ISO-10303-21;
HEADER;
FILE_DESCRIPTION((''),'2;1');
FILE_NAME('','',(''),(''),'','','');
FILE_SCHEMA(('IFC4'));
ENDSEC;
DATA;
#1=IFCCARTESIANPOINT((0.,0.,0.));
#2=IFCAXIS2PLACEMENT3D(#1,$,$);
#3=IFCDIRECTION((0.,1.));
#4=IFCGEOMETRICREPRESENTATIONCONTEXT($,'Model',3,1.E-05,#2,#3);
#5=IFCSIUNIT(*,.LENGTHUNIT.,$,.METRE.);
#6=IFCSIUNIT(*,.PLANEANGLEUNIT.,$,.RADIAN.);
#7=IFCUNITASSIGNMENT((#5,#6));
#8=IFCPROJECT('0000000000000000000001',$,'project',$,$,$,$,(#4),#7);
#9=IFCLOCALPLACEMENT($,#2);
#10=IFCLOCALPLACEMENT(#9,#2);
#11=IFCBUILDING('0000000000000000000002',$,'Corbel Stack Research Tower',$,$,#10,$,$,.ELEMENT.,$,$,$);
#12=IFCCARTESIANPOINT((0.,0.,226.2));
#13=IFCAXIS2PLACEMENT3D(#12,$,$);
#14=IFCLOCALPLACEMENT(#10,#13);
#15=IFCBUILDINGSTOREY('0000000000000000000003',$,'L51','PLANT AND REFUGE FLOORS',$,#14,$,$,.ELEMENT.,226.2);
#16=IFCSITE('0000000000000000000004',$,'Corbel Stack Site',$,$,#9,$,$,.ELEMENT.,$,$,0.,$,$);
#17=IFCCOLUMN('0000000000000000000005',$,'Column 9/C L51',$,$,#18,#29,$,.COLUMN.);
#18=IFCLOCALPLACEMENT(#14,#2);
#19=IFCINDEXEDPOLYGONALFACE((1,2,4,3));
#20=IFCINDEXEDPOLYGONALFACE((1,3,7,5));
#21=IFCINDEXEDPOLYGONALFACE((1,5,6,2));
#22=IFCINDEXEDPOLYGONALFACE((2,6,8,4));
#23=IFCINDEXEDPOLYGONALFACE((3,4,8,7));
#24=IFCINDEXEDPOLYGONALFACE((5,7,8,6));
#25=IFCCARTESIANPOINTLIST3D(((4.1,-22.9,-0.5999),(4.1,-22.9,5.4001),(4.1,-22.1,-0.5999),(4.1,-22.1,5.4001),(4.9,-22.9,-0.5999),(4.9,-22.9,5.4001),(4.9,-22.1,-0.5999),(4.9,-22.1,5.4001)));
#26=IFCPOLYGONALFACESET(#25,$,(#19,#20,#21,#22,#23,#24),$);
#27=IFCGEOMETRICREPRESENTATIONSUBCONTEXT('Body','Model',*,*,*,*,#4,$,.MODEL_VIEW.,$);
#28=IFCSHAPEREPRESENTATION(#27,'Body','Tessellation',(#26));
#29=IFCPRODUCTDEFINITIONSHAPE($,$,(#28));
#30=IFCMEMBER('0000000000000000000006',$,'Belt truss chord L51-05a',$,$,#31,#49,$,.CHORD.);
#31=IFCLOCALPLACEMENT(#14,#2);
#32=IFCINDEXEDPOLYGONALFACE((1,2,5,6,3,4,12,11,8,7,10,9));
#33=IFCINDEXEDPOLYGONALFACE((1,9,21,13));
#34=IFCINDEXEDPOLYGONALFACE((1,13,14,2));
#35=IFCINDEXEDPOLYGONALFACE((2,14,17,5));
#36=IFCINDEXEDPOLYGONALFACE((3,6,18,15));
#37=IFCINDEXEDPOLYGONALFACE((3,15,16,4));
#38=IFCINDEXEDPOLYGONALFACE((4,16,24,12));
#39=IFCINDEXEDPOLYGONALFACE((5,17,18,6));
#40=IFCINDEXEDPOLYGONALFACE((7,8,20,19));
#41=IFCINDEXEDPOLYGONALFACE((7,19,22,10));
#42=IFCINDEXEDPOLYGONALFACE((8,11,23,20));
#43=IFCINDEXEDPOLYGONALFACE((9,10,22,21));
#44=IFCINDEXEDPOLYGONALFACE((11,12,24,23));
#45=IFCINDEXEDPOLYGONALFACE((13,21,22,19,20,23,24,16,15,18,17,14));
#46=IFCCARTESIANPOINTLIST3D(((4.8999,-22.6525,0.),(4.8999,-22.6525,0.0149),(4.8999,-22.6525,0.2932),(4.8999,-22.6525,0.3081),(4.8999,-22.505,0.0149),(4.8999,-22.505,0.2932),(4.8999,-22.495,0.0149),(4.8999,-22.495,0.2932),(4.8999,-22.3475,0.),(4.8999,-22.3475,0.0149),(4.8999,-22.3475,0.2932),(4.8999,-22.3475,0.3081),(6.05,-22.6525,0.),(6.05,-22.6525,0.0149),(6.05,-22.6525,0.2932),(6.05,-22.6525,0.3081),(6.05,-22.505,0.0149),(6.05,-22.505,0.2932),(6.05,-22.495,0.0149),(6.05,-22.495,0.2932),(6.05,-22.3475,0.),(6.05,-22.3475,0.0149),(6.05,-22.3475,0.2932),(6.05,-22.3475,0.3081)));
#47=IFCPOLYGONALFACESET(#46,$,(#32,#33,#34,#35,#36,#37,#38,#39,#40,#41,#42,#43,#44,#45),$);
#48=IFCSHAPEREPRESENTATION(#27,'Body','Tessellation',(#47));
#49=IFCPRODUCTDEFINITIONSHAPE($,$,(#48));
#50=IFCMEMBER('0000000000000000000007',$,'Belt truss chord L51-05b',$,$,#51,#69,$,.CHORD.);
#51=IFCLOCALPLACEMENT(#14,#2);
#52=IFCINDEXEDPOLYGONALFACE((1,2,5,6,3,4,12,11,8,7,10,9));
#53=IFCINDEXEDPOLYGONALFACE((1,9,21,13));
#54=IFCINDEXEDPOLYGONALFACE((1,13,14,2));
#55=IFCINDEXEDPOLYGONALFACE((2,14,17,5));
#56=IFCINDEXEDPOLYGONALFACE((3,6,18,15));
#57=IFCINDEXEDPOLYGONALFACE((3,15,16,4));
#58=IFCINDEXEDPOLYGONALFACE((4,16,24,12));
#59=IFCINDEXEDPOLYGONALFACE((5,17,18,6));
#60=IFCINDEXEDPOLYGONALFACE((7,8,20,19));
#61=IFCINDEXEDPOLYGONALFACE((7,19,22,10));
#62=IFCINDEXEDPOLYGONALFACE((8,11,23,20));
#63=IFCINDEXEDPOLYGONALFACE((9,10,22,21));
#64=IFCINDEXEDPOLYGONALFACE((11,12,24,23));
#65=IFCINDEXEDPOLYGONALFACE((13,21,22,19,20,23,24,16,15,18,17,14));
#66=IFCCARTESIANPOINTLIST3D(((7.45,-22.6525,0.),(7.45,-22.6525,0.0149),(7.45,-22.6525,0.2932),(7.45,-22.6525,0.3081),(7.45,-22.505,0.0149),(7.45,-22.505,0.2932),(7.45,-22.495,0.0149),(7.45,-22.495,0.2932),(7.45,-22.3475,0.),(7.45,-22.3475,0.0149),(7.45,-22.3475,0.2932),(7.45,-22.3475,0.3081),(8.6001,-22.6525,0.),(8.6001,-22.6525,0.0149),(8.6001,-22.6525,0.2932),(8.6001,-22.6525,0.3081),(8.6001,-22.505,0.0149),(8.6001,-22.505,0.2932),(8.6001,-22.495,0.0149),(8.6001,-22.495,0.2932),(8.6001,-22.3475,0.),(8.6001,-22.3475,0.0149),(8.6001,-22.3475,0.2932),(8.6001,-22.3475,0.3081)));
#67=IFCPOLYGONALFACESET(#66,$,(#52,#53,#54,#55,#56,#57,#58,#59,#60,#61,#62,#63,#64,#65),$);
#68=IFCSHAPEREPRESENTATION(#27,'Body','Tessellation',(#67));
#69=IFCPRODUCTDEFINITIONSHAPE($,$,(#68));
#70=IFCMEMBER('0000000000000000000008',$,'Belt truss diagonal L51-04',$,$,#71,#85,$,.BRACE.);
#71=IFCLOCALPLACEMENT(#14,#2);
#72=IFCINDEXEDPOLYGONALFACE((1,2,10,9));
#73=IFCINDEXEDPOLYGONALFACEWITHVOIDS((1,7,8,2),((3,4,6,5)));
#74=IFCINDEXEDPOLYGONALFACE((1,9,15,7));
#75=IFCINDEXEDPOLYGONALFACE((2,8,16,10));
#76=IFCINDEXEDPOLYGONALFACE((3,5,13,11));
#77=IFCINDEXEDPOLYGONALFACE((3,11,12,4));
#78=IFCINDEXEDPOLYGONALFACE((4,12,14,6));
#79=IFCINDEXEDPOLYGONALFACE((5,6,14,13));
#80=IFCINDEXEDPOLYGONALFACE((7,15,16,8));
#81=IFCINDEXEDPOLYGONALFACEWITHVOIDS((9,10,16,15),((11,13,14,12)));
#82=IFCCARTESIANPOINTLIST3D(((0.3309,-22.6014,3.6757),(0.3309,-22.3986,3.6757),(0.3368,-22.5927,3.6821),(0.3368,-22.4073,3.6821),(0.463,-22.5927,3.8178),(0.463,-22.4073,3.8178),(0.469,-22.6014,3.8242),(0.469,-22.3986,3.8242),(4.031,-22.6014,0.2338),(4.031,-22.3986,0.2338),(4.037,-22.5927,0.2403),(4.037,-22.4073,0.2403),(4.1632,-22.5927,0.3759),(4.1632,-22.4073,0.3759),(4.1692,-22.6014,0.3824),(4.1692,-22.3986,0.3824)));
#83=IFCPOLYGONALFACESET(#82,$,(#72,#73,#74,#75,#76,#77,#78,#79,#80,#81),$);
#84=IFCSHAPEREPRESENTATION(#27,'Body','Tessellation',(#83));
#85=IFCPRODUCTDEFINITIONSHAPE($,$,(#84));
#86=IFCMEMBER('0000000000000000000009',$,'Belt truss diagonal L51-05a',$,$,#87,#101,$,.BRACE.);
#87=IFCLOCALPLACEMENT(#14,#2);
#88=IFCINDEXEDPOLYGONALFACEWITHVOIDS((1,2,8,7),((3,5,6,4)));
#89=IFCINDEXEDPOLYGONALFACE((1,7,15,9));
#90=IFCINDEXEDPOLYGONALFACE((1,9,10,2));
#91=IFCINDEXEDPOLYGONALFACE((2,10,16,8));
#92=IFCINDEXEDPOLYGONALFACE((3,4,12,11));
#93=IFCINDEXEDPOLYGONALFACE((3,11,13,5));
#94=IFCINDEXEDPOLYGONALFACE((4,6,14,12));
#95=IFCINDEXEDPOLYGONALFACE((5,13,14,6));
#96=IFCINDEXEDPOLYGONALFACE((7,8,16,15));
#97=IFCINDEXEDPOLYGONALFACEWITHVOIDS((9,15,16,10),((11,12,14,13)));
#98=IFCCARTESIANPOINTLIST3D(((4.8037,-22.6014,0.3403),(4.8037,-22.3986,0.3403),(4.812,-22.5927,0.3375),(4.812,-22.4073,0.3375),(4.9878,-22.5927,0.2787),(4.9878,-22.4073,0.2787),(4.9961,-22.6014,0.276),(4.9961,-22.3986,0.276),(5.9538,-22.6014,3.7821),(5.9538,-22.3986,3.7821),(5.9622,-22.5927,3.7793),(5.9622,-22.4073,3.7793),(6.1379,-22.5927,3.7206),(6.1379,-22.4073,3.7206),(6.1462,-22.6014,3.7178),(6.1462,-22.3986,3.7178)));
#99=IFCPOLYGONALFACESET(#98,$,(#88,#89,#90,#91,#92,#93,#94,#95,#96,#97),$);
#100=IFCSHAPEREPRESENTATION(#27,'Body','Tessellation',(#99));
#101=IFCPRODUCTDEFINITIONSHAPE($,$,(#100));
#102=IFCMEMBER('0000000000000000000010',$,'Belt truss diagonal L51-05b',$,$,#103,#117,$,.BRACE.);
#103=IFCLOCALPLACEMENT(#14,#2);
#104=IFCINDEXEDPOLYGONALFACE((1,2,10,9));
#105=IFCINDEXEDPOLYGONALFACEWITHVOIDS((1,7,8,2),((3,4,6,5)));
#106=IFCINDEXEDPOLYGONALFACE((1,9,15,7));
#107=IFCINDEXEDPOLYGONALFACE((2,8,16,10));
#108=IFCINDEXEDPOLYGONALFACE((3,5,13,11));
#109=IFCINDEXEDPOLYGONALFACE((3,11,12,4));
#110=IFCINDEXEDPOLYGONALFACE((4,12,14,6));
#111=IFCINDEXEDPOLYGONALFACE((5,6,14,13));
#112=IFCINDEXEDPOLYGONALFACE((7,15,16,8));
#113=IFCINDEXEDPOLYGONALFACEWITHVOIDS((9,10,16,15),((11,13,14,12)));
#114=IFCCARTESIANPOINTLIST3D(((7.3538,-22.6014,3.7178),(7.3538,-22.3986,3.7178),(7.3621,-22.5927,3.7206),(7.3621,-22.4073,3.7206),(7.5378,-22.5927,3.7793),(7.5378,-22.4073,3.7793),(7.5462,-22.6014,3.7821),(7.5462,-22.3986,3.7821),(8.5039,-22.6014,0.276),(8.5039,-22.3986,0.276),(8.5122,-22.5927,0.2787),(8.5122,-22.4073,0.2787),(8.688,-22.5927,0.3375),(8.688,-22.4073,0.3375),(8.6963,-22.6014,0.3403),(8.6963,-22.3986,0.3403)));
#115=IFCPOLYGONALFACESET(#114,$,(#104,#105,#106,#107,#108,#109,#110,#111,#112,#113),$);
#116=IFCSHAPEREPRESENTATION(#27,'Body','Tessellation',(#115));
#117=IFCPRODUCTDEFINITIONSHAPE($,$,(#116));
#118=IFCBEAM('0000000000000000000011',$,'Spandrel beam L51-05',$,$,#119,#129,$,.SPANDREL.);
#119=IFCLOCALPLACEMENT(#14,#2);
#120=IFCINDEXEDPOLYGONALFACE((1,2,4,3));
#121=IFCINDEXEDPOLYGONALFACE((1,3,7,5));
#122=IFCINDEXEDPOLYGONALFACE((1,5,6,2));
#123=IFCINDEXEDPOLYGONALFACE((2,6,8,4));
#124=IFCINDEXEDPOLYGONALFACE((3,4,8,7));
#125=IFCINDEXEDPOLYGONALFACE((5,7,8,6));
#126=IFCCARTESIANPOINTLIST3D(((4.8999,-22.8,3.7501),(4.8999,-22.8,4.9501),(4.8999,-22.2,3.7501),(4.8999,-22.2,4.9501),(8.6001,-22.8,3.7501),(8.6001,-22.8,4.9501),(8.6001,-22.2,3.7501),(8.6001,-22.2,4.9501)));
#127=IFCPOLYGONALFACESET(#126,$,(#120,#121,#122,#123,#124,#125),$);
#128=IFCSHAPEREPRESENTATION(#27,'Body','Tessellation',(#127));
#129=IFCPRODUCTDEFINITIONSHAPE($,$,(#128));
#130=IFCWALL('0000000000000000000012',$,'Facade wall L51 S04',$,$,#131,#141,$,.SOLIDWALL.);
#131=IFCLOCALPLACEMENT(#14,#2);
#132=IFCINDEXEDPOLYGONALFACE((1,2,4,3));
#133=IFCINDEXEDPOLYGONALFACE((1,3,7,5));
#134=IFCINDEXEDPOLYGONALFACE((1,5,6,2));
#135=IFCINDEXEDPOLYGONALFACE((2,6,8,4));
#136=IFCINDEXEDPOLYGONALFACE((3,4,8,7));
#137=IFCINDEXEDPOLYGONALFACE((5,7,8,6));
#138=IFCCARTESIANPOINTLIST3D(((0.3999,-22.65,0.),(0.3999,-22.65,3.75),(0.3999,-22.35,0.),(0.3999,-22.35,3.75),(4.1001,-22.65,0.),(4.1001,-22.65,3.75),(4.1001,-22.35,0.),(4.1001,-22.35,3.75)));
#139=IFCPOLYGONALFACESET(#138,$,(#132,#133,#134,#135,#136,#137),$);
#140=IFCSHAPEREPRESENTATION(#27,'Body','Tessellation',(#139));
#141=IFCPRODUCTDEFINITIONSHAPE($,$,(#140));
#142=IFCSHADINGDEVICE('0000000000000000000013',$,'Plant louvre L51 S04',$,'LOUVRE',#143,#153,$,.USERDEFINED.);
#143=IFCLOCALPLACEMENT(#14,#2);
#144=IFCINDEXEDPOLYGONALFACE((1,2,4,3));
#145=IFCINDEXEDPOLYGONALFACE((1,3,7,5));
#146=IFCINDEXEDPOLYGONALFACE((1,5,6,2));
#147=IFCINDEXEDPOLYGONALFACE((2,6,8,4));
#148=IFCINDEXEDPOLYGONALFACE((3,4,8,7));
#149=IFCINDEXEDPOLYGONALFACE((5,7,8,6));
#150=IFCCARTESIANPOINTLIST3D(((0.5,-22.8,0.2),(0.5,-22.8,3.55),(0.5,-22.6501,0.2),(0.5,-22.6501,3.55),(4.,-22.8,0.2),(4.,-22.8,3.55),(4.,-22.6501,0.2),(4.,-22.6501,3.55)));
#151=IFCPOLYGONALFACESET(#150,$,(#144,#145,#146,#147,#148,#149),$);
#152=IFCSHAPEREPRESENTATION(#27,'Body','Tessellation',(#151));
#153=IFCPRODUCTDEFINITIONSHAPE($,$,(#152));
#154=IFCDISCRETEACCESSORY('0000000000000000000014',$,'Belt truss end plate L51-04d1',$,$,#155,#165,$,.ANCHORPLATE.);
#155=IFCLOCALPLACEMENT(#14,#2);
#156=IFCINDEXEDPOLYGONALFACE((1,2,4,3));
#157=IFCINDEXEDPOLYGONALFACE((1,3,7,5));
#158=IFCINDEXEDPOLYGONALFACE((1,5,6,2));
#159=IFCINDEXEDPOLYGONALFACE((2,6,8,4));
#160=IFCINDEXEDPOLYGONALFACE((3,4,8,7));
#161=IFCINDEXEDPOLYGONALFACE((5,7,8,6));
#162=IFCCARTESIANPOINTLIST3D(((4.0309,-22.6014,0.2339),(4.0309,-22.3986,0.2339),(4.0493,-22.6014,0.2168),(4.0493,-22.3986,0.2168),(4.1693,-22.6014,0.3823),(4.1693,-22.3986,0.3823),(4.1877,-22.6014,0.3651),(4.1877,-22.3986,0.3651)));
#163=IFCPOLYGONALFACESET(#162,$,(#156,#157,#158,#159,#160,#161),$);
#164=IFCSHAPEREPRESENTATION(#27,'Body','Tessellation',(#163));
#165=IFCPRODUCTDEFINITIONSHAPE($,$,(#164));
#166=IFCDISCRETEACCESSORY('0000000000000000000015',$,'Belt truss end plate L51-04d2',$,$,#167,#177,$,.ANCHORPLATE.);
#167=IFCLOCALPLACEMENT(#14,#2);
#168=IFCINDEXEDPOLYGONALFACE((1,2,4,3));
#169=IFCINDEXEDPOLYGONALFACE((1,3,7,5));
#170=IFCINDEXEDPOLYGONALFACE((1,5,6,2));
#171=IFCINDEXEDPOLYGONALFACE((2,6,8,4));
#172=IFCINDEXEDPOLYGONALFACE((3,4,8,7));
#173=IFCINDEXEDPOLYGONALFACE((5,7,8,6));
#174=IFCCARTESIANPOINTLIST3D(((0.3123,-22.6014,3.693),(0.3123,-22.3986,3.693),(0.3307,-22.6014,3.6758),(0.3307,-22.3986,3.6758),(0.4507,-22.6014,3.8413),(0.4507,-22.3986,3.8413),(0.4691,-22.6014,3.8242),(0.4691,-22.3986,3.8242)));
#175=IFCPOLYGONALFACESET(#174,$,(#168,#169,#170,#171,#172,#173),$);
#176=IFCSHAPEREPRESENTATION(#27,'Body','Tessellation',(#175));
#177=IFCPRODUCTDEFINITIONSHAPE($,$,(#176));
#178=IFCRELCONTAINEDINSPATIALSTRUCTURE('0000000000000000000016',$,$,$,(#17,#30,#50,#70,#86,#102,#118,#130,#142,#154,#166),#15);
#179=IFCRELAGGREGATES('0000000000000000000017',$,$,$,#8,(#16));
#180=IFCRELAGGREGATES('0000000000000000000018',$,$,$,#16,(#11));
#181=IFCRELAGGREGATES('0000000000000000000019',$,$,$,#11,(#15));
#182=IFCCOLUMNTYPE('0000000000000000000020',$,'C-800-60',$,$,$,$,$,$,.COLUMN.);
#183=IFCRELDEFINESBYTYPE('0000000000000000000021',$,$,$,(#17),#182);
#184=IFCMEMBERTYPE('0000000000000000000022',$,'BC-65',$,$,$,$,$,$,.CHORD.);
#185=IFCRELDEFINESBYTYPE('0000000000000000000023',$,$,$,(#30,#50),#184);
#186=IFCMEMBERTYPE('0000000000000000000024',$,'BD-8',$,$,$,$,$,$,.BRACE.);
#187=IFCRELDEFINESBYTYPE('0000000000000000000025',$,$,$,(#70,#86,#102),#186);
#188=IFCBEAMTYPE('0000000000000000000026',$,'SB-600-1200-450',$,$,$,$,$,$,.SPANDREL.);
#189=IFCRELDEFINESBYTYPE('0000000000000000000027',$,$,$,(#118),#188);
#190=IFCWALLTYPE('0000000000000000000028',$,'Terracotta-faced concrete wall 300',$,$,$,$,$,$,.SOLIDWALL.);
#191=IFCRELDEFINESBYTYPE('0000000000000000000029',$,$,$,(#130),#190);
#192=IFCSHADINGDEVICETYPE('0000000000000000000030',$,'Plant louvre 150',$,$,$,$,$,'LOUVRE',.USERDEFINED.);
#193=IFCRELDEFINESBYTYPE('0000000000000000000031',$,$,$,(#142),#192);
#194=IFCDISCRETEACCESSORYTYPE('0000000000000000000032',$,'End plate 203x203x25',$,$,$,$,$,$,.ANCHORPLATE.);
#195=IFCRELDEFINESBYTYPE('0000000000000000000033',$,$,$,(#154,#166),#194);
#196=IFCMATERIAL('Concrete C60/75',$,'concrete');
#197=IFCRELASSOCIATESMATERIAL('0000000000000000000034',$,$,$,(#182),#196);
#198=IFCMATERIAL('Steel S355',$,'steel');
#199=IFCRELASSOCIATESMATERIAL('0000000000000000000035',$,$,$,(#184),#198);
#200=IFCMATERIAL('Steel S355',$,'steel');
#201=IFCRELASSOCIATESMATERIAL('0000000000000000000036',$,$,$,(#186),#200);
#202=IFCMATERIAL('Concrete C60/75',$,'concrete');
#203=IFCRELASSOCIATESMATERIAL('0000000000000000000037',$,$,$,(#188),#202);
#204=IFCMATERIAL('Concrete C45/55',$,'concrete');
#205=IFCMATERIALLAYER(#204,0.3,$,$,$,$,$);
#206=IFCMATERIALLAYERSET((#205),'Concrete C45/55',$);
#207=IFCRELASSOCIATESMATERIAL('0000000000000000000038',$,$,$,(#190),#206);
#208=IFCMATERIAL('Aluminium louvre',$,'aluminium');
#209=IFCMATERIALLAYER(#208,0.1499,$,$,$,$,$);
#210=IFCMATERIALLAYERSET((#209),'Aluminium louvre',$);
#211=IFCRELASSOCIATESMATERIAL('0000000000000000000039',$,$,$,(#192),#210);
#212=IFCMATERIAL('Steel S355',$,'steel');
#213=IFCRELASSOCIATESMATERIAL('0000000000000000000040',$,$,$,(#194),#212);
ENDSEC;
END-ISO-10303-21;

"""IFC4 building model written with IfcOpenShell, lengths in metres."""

from ifc_helpers import new_model, si_unit, direction, frame, frame_2d, origin, origin_2d, place, context, subcontext, project, spatial, rectangle, hollow_rectangle, i_section, extrude, material, layer, layer_set, material_profile, profile_set, type_object, element, save


model = new_model("IFC4")

# Units and contexts
model_context = context("Model", 3, precision=1e-05, world=origin(), true_north=direction((0.0, 1.0)))
body_context = subcontext(model_context, "Body", "Model", "MODEL_VIEW")
ifc_project = project(units=[si_unit("LENGTHUNIT", "METRE"), si_unit("PLANEANGLEUNIT", "RADIAN")], contexts=[model_context])

# Site, building, storey
site_placement = place(None, origin())
site = spatial("IfcSite", under=ifc_project, at=site_placement, Name="Corbel Stack Site", CompositionType="ELEMENT", RefElevation=0.0)
building_placement = place(site_placement, origin())
building = spatial("IfcBuilding", under=site, at=building_placement, Name="Corbel Stack Research Tower", CompositionType="ELEMENT")
storey_placement = place(building_placement, frame((0.0, 0.0, 226.2)))
storey = spatial("IfcBuildingStorey", under=building, at=storey_placement, Name="L51", Description="PLANT AND REFUGE FLOORS", CompositionType="ELEMENT", Elevation=226.2)

# Column
ifc_material_1 = material(Name="Concrete C60/75", Category="concrete")
ifc_material_profile_1 = material_profile(ifc_material_1, rectangle(XDim=0.8, YDim=0.8, at=origin_2d()), Name="RC 800 x 800")
ifc_profile_set_1 = profile_set([ifc_material_profile_1], Name="Concrete C60/75")
column_type = type_object("IfcColumnType", Name="C-800-60", PredefinedType="COLUMN", material=ifc_profile_set_1)
column_placement = place(storey_placement, frame((4.5, -22.5, -0.5999), z_axis=(0.0, 0.0, 1.0), x_axis=(1.0, 0.0, 0.0)))
element("IfcColumn", 1, at=column_placement, inside=storey, type_object=column_type, Name="Column 9/C L51", PredefinedType="COLUMN", context=body_context, shape_type="SweptSolid", body=[
    extrude(rectangle(XDim=0.8, YDim=0.8, at=origin_2d()), origin(), (0.0, 0.0, 1.0), 6.0),
])

# Members
ifc_material_2 = material(Name="Steel S355", Category="steel")
ifc_material_profile_2 = material_profile(ifc_material_2, i_section(OverallWidth=0.3049, OverallDepth=0.3081, WebThickness=0.01, FlangeThickness=0.0149, at=origin_2d()), Name="W12x65")
ifc_profile_set_2 = profile_set([ifc_material_profile_2], Name="Steel S355")
member_type_1 = type_object("IfcMemberType", Name="BC-65", PredefinedType="CHORD", material=ifc_profile_set_2)
for number, where, z_axis, x_axis, name in (
    (2, (4.8999, -22.5, 0.1541), (1.0, 0.0, 0.0), (0.0, 1.0, 0.0), "Belt truss chord L51-05a"),
    (3, (7.45, -22.5, 0.1541), (1.0, 0.0, 0.0), (0.0, 1.0, 0.0), "Belt truss chord L51-05b"),
):
    element("IfcMember", number, at=place(storey_placement, frame(where, z_axis=z_axis, x_axis=x_axis)), inside=storey, type_object=member_type_1, Name=name, PredefinedType="CHORD", context=body_context, shape_type="SweptSolid", body=[
        extrude(i_section(OverallWidth=0.3049, OverallDepth=0.3081, WebThickness=0.01, FlangeThickness=0.0149, at=origin_2d()), origin(), (0.0, 0.0, 1.0), 1.1501),
    ])
ifc_material_3 = material(Name="Steel S355", Category="steel")
ifc_material_profile_3 = material_profile(ifc_material_3, hollow_rectangle(XDim=0.2029, YDim=0.2029, WallThickness=0.0088, at=origin_2d()), Name="HSS8x8x3/8")
ifc_profile_set_3 = profile_set([ifc_material_profile_3], Name="Steel S355")
member_type_2 = type_object("IfcMemberType", Name="BD-8", PredefinedType="BRACE", material=ifc_profile_set_3)
member_placement = place(storey_placement, frame((4.1001, -22.5, 0.3081), z_axis=(-0.732201, 0.0, 0.681088), x_axis=(0.0, -1.0, 0.0)))
element("IfcMember", 4, at=member_placement, inside=storey, type_object=member_type_2, Name="Belt truss diagonal L51-04", PredefinedType="BRACE", context=body_context, shape_type="SweptSolid", body=[
    extrude(hollow_rectangle(XDim=0.2029, YDim=0.2029, WallThickness=0.0088, at=origin_2d()), origin(), (0.0, 0.0, 1.0), 5.0535),
])
for number, where, z_axis, x_axis, name in (
    (5, (4.8999, -22.5, 0.3081), (0.316934, 0.0, 0.948448), (0.0, 1.0, 0.0), "Belt truss diagonal L51-05a"),
    (6, (8.6001, -22.5, 0.3081), (-0.316934, 0.0, 0.948448), (0.0, -1.0, 0.0), "Belt truss diagonal L51-05b"),
):
    element("IfcMember", number, at=place(storey_placement, frame(where, z_axis=z_axis, x_axis=x_axis)), inside=storey, type_object=member_type_2, Name=name, PredefinedType="BRACE", context=body_context, shape_type="SweptSolid", body=[
        extrude(hollow_rectangle(XDim=0.2029, YDim=0.2029, WallThickness=0.0088, at=origin_2d()), origin(), (0.0, 0.0, 1.0), 3.6289),
    ])

# Beam
ifc_material_4 = material(Name="Concrete C60/75", Category="concrete")
ifc_material_profile_4 = material_profile(ifc_material_4, rectangle(XDim=0.6001, YDim=1.2, at=origin_2d()), Name="RC 600 x 1200")
ifc_profile_set_4 = profile_set([ifc_material_profile_4], Name="Concrete C60/75")
beam_type = type_object("IfcBeamType", Name="SB-600-1200-450", PredefinedType="SPANDREL", material=ifc_profile_set_4)
beam_placement = place(storey_placement, frame((4.8999, -22.5, 4.3501), z_axis=(1.0, 0.0, 0.0), x_axis=(0.0, 1.0, 0.0)))
element("IfcBeam", 7, at=beam_placement, inside=storey, type_object=beam_type, Name="Spandrel beam L51-05", PredefinedType="SPANDREL", context=body_context, shape_type="SweptSolid", body=[
    extrude(rectangle(XDim=0.6001, YDim=1.2, at=origin_2d()), origin(), (0.0, 0.0, 1.0), 3.7002),
])

# Wall
ifc_material_5 = material(Name="Concrete C45/55", Category="concrete")
ifc_layer_1 = layer(ifc_material_5, 0.3)
ifc_layer_set_1 = layer_set([ifc_layer_1], Name="Concrete C45/55")
wall_type = type_object("IfcWallType", Name="Terracotta-faced concrete wall 300", PredefinedType="SOLIDWALL", material=ifc_layer_set_1)
wall_placement = place(storey_placement, frame((4.1001, -22.5, 0.0), z_axis=(0.0, 0.0, 1.0), x_axis=(-1.0, 0.0, 0.0)))
element("IfcWall", 8, at=wall_placement, inside=storey, type_object=wall_type, Name="Facade wall L51 S04", PredefinedType="SOLIDWALL", context=body_context, shape_type="SweptSolid", body=[
    extrude(rectangle(XDim=3.7002, YDim=0.3, at=frame_2d((1.8501, 0.0))), origin(), (0.0, 0.0, 1.0), 3.75),
])

# Shading device
ifc_material_6 = material(Name="Aluminium louvre", Category="aluminium")
ifc_layer_2 = layer(ifc_material_6, 0.1499)
ifc_layer_set_2 = layer_set([ifc_layer_2], Name="Aluminium louvre")
shading_device_type = type_object("IfcShadingDeviceType", Name="Plant louvre 150", ElementType="LOUVRE", PredefinedType="USERDEFINED", material=ifc_layer_set_2)
shading_device_placement = place(storey_placement, frame((2.25, -22.7251, 0.2), z_axis=(0.0, 0.0, 1.0), x_axis=(1.0, 0.0, 0.0)))
element("IfcShadingDevice", 9, at=shading_device_placement, inside=storey, type_object=shading_device_type, Name="Plant louvre L51 S04", ObjectType="LOUVRE", PredefinedType="USERDEFINED", context=body_context, shape_type="SweptSolid", body=[
    extrude(rectangle(XDim=3.5, YDim=0.1499, at=origin_2d()), origin(), (0.0, 0.0, 1.0), 3.3501),
])

# Discrete accessories
ifc_material_7 = material(Name="Steel S355", Category="steel")
ifc_material_profile_5 = material_profile(ifc_material_7, rectangle(XDim=0.2029, YDim=0.2029, at=origin_2d()), Name="End plate 203x203x25")
ifc_profile_set_5 = profile_set([ifc_material_profile_5], Name="Steel S355")
discrete_accessory_type_1 = type_object("IfcDiscreteAccessoryType", Name="End plate 203x203x25", PredefinedType="ANCHORPLATE", material=ifc_profile_set_5)
for number, where, z_axis, x_axis, name in (
    (10, (4.1001, -22.5, 0.3081), (0.731055, 0.0, -0.682318), (0.0, 1.0, 0.0), "Belt truss end plate L51-04d1"),
    (11, (0.3999, -22.5, 3.75), (-0.731055, 0.0, 0.682318), (0.0, -1.0, 0.0), "Belt truss end plate L51-04d2"),
):
    element("IfcDiscreteAccessory", number, at=place(storey_placement, frame(where, z_axis=z_axis, x_axis=x_axis)), inside=storey, type_object=discrete_accessory_type_1, Name=name, PredefinedType="ANCHORPLATE", context=body_context, shape_type="SweptSolid", body=[
        extrude(rectangle(XDim=0.2029, YDim=0.2029, at=origin_2d()), origin(), (0.0, 0.0, 1.0), 0.0251),
    ])

save(model, "model.ifc")
